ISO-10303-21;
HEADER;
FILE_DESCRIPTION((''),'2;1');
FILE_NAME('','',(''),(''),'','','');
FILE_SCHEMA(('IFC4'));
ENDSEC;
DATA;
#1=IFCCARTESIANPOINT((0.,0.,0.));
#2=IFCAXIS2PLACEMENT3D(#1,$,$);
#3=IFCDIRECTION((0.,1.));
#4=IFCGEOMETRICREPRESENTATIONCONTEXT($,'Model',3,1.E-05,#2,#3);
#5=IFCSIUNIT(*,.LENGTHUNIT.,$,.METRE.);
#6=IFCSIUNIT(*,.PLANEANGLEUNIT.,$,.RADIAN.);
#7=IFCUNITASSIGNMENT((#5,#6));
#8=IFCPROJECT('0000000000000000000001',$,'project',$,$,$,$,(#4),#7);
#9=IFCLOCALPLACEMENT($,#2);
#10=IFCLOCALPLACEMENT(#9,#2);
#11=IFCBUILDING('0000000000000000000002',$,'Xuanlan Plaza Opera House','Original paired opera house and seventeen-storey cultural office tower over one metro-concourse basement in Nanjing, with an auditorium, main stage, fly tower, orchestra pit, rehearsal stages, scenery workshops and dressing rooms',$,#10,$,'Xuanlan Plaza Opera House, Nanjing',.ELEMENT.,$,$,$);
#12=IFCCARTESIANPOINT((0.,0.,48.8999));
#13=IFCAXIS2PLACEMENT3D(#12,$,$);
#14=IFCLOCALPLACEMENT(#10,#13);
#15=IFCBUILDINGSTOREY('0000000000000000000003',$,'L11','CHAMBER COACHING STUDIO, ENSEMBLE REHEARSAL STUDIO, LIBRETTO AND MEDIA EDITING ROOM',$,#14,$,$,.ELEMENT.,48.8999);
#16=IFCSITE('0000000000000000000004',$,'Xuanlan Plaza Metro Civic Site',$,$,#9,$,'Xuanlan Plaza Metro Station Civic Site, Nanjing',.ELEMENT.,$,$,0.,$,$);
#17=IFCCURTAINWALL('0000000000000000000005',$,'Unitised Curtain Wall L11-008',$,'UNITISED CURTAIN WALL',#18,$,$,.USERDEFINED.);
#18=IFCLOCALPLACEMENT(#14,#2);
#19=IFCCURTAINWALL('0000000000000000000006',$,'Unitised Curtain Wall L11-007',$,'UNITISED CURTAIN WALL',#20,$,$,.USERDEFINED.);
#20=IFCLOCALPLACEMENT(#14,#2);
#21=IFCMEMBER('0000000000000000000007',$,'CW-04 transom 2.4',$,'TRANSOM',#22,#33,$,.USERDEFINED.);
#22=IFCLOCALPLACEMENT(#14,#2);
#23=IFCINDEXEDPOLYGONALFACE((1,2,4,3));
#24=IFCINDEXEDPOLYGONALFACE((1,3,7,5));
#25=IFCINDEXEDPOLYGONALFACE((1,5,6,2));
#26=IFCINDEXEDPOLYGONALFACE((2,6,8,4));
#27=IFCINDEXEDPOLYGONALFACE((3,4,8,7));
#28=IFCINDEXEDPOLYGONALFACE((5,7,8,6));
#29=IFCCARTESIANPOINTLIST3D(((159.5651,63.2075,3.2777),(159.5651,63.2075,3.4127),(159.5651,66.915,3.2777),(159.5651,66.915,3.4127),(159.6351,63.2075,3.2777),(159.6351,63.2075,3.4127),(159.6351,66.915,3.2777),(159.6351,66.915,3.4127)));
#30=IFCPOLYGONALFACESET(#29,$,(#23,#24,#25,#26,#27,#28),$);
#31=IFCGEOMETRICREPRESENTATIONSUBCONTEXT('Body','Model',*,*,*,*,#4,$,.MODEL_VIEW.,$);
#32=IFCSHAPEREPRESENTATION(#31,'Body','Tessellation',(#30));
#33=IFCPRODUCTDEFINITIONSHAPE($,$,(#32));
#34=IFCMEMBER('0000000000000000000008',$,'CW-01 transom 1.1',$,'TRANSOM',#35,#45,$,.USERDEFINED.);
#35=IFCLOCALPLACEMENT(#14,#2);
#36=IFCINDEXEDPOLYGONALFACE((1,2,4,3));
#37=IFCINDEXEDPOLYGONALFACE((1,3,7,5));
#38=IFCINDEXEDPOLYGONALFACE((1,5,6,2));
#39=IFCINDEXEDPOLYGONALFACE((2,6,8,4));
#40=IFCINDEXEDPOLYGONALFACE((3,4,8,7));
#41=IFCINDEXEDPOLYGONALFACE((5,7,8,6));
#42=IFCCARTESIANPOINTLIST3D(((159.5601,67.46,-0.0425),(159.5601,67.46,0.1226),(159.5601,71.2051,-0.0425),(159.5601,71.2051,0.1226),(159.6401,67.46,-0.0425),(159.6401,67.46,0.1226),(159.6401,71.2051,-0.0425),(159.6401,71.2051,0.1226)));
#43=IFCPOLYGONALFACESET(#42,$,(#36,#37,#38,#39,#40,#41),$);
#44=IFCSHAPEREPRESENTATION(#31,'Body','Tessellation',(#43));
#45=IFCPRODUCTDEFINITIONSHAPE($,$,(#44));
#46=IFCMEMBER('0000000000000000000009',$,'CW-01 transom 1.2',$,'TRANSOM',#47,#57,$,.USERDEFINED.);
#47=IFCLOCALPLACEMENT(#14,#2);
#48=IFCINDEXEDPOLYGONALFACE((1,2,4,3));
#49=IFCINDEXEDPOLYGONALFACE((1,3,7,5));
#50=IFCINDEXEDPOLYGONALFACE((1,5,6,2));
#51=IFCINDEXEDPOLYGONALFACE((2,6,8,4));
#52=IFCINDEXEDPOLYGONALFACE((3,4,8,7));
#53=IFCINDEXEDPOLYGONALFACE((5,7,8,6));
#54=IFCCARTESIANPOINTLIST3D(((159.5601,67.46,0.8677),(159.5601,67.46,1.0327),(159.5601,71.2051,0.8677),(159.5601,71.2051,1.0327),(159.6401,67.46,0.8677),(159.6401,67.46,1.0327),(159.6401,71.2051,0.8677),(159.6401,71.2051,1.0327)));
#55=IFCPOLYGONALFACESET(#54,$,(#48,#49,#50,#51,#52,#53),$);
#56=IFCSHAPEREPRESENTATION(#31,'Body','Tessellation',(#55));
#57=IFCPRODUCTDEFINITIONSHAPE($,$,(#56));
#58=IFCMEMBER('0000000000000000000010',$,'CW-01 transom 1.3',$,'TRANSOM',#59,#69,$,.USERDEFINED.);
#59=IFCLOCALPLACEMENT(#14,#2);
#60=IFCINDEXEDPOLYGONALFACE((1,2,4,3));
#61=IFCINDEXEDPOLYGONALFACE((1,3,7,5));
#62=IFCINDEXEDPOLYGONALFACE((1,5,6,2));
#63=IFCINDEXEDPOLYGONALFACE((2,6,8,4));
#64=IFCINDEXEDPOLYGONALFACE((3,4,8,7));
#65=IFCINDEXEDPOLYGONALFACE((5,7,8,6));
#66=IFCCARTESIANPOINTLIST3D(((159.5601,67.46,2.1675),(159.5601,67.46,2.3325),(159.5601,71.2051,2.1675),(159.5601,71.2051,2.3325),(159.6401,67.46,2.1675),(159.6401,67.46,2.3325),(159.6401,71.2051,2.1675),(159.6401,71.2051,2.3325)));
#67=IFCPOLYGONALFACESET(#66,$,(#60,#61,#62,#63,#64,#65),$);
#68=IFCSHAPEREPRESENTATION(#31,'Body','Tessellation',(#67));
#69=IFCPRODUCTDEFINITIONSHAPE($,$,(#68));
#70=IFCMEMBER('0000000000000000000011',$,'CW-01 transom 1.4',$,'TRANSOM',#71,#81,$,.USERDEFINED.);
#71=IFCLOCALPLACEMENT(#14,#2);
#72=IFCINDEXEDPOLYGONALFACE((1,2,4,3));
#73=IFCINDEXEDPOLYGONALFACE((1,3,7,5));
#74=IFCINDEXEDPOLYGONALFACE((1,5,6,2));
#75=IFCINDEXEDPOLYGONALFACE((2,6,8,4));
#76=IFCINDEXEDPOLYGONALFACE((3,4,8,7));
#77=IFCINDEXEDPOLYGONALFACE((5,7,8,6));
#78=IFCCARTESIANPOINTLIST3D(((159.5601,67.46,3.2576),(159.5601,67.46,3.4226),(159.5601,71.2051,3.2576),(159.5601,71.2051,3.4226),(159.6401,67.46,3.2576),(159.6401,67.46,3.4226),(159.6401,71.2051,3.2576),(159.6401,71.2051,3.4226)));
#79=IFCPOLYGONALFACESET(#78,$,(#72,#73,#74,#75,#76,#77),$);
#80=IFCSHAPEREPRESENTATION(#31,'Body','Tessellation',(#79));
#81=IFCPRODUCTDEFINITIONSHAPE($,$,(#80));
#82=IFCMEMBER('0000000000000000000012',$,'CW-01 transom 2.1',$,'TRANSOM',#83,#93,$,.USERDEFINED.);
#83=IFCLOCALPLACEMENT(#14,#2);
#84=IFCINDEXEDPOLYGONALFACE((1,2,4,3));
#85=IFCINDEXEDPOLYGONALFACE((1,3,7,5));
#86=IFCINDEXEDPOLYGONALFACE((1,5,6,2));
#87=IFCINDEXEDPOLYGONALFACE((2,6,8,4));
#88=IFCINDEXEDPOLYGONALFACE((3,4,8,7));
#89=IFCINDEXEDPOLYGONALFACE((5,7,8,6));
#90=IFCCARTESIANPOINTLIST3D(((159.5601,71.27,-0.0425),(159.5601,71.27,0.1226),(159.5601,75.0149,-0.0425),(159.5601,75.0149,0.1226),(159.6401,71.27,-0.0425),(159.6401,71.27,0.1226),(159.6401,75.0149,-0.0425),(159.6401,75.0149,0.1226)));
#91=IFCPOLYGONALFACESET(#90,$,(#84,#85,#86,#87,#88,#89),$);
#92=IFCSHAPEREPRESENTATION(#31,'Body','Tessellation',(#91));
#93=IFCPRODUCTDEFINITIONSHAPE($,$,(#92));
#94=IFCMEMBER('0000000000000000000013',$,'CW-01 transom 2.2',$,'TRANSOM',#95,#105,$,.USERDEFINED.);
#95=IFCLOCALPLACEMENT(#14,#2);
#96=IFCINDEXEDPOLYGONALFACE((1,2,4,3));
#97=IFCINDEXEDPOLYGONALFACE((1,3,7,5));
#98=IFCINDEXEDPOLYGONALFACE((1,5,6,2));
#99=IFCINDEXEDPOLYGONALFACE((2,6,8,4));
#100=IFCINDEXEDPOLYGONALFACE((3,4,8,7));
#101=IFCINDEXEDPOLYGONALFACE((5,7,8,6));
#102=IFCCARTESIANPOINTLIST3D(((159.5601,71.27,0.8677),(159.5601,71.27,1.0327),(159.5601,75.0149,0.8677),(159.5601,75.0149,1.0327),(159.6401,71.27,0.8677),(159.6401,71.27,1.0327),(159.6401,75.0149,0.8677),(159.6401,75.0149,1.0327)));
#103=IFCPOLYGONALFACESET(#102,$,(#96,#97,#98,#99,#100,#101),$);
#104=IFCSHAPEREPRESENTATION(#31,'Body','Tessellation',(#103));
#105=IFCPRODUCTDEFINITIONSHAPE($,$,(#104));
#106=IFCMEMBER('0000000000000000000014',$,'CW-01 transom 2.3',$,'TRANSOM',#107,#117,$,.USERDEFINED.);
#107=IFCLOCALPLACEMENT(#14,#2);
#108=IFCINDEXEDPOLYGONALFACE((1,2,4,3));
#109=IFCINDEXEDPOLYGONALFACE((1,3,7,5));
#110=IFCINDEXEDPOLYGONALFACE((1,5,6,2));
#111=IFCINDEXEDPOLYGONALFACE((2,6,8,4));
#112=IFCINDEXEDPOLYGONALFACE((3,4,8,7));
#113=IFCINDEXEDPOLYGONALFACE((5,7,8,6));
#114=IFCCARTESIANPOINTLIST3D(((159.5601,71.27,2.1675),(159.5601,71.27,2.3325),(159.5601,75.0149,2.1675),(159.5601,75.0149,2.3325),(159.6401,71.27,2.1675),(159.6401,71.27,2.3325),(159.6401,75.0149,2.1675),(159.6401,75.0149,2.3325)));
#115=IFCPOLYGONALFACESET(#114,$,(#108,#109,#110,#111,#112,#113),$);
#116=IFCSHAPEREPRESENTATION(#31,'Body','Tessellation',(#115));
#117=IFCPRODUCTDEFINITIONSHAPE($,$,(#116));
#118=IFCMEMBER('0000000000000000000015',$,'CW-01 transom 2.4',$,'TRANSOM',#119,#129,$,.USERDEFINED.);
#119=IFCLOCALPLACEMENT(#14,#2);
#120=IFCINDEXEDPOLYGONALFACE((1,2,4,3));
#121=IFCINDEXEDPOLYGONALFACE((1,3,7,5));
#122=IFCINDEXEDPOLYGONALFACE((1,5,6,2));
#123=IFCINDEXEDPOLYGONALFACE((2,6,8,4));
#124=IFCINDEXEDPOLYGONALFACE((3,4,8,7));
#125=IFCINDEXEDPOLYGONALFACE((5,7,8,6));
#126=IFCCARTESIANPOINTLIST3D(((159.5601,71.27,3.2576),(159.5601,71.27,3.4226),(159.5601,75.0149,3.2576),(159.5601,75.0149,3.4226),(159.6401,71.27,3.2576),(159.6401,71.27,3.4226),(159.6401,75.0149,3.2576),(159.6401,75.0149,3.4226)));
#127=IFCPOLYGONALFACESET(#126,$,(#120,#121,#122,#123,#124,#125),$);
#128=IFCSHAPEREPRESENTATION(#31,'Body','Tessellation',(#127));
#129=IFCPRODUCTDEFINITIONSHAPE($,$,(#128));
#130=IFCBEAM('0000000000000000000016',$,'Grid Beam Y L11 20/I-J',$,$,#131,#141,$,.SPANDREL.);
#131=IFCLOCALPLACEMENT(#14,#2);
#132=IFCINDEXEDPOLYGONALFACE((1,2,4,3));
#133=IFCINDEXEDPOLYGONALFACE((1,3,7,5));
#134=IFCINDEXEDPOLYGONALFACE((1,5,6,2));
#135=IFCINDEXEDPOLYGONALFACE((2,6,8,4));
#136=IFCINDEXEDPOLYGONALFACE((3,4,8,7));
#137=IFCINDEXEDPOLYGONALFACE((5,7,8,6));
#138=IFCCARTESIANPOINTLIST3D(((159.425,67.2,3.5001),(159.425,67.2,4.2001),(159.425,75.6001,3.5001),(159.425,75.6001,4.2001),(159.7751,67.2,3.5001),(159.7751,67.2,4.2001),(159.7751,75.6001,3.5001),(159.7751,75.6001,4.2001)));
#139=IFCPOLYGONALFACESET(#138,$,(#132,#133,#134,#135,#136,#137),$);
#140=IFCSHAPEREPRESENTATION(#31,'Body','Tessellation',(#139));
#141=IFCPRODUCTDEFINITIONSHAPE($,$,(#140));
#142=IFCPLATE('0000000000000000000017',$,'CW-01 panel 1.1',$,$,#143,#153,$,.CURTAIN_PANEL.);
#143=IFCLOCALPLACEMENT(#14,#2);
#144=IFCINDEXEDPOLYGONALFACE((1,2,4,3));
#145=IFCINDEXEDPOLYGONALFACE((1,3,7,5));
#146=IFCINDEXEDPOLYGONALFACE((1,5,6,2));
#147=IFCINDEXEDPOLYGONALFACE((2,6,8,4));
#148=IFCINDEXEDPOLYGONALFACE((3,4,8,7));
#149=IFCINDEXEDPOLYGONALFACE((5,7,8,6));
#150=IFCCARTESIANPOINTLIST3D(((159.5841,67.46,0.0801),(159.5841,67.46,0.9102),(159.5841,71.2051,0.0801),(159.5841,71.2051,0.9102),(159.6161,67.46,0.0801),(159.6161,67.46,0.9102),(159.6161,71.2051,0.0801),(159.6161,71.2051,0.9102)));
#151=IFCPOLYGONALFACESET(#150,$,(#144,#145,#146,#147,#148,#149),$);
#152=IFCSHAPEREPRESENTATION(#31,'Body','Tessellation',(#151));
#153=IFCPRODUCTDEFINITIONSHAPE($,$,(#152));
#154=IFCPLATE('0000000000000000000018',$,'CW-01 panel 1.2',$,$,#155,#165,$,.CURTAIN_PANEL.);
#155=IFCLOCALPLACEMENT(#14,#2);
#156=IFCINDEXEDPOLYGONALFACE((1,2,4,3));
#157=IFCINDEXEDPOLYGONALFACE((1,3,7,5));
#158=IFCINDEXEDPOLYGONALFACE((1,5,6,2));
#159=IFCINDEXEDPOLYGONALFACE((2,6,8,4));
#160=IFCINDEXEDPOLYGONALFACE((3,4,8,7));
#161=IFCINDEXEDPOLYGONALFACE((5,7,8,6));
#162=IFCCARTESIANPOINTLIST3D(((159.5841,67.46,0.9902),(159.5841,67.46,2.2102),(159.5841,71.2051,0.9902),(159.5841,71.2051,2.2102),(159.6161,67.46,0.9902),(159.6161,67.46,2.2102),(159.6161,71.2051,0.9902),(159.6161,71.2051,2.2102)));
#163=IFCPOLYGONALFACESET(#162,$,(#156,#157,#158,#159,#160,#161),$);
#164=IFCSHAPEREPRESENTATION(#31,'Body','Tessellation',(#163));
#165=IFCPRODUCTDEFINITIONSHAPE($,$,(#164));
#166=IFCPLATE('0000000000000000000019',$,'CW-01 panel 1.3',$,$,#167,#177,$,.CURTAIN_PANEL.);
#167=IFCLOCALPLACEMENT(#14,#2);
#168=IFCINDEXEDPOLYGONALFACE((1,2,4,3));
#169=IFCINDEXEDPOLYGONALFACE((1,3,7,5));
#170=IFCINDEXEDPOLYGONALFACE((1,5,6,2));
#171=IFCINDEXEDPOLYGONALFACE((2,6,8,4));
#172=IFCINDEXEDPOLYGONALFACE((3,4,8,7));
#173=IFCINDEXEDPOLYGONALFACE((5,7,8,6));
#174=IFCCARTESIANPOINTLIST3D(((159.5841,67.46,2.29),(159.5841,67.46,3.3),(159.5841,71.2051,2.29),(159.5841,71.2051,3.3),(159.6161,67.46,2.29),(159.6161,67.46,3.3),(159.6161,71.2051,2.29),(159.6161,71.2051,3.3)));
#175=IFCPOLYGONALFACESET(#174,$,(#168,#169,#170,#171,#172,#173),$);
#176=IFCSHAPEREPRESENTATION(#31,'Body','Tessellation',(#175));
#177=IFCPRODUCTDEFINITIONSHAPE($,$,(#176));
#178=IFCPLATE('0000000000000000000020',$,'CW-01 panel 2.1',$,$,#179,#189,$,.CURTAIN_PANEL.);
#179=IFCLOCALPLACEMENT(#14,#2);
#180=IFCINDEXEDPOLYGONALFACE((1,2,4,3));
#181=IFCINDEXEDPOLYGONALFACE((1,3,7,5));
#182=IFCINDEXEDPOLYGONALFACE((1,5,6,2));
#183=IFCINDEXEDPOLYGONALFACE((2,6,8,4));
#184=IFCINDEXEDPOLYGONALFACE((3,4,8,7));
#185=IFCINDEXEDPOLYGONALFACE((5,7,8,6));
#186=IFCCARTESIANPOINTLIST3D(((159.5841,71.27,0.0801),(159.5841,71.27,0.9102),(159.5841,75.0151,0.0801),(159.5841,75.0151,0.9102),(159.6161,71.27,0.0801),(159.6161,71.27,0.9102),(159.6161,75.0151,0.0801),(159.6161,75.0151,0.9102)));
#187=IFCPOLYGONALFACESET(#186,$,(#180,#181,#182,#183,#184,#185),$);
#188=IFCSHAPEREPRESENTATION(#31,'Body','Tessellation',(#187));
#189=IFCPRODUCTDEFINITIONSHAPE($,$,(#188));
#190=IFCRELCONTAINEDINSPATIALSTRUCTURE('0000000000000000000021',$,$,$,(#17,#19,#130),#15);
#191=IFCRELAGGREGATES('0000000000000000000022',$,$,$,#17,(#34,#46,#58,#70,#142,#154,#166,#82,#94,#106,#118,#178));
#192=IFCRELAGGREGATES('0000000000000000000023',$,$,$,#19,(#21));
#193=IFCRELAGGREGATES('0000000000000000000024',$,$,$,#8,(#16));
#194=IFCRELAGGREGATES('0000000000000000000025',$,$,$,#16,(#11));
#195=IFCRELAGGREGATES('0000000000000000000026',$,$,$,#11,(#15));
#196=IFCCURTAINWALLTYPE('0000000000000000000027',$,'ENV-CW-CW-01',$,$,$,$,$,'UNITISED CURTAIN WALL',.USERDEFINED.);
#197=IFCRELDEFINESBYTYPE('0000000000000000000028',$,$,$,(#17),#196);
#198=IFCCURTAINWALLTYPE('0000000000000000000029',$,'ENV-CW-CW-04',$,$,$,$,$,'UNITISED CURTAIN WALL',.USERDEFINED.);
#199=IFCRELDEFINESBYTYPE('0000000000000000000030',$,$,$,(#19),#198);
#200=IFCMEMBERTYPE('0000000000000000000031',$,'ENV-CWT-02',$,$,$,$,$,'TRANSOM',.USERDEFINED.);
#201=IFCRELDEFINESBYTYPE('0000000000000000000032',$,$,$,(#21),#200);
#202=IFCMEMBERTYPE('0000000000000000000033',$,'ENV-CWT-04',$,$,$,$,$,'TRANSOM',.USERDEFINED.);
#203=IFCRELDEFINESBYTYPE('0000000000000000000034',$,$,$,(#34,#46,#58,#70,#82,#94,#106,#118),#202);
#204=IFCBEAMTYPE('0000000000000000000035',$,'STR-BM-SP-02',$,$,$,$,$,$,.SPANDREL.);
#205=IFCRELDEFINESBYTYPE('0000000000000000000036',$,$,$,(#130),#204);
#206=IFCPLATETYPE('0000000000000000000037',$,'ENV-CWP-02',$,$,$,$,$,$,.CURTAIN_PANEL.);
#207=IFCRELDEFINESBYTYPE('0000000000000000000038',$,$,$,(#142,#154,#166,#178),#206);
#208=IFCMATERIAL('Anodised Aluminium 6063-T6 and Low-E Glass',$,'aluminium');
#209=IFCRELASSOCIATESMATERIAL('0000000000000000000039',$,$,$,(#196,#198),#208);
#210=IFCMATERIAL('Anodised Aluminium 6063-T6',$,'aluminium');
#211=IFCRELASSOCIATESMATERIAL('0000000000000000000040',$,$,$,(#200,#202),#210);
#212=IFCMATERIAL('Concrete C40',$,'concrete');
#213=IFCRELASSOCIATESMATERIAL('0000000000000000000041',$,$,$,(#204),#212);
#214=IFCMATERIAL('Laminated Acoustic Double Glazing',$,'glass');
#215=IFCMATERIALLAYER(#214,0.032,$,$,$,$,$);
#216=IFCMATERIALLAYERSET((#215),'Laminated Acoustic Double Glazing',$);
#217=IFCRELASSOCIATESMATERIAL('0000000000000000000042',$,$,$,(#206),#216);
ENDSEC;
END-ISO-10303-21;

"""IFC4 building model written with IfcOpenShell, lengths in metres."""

from ifc_helpers import new_model, si_unit, direction, frame, origin, origin_2d, place, context, subcontext, project, spatial, rectangle, extrude, material, layer, layer_set, material_profile, profile_set, type_object, element, aggregate, save


model = new_model("IFC4")

# Units and contexts
model_context = context("Model", 3, precision=1e-05, world=origin(), true_north=direction((0.0, 1.0)))
body_context = subcontext(model_context, "Body", "Model", "MODEL_VIEW")
ifc_project = project(units=[si_unit("LENGTHUNIT", "METRE"), si_unit("PLANEANGLEUNIT", "RADIAN")], contexts=[model_context])

# Site, building, storey
site_placement = place(None, origin())
site = spatial("IfcSite", under=ifc_project, at=site_placement, Name="Xuanlan Plaza Metro Civic Site", LongName="Xuanlan Plaza Metro Station Civic Site, Nanjing", CompositionType="ELEMENT", RefElevation=0.0)
building_placement = place(site_placement, origin())
building = spatial("IfcBuilding", under=site, at=building_placement, Name="Xuanlan Plaza Opera House", Description="Original paired opera house and seventeen-storey cultural office tower over one metro-concourse basement in Nanjing, with an auditorium, main stage, fly tower, orchestra pit, rehearsal stages, scenery workshops and dressing rooms", LongName="Xuanlan Plaza Opera House, Nanjing", CompositionType="ELEMENT")
storey_placement = place(building_placement, frame((0.0, 0.0, 48.8999)))
storey = spatial("IfcBuildingStorey", under=building, at=storey_placement, Name="L11", Description="CHAMBER COACHING STUDIO, ENSEMBLE REHEARSAL STUDIO, LIBRETTO AND MEDIA EDITING ROOM", CompositionType="ELEMENT", Elevation=48.8999)

# Curtain walls, member
ifc_material_1 = material(Name="Anodised Aluminium 6063-T6 and Low-E Glass", Category="aluminium")
curtain_wall_type_1 = type_object("IfcCurtainWallType", Name="ENV-CW-CW-01", ElementType="UNITISED CURTAIN WALL", PredefinedType="USERDEFINED", material=ifc_material_1)
curtain_wall_1_placement = place(storey_placement, origin())
curtain_wall_1 = element("IfcCurtainWall", 1, at=curtain_wall_1_placement, inside=storey, type_object=curtain_wall_type_1, Name="Unitised Curtain Wall L11-008", ObjectType="UNITISED CURTAIN WALL", PredefinedType="USERDEFINED")
ifc_material_2 = material(Name="Anodised Aluminium 6063-T6", Category="aluminium")
curtain_wall_type_2 = type_object("IfcCurtainWallType", Name="ENV-CW-CW-04", ElementType="UNITISED CURTAIN WALL", PredefinedType="USERDEFINED", material=ifc_material_1)
curtain_wall_2_placement = place(storey_placement, origin())
curtain_wall_2 = element("IfcCurtainWall", 2, at=curtain_wall_2_placement, inside=storey, type_object=curtain_wall_type_2, Name="Unitised Curtain Wall L11-007", ObjectType="UNITISED CURTAIN WALL", PredefinedType="USERDEFINED")
ifc_material_profile_1 = material_profile(ifc_material_2, rectangle(XDim=0.0701, YDim=0.135, at=origin_2d()), Name="ALU-T 70x135")
ifc_profile_set_1 = profile_set([ifc_material_profile_1], Name="Anodised Aluminium 6063-T6")
member_type_1 = type_object("IfcMemberType", Name="ENV-CWT-02", ElementType="TRANSOM", PredefinedType="USERDEFINED", material=ifc_profile_set_1)
member_1_placement = place(storey_placement, frame((159.6001, 63.2075, 3.3452), z_axis=(0.0, 1.0, 0.0), x_axis=(-1.0, 0.0, 0.0)))
member_1 = element("IfcMember", 3, at=member_1_placement, type_object=member_type_1, Name="CW-04 transom 2.4", ObjectType="TRANSOM", PredefinedType="USERDEFINED", context=body_context, shape_type="SweptSolid", body=[
    extrude(rectangle(XDim=0.0701, YDim=0.135, at=origin_2d()), origin(), (0.0, 0.0, 1.0), 3.7075),
])

# Members
ifc_material_profile_2 = material_profile(ifc_material_2, rectangle(XDim=0.0801, YDim=0.165, at=origin_2d()), Name="ALU-T 80x165")
ifc_profile_set_2 = profile_set([ifc_material_profile_2], Name="Anodised Aluminium 6063-T6")
member_type_2 = type_object("IfcMemberType", Name="ENV-CWT-04", ElementType="TRANSOM", PredefinedType="USERDEFINED", material=ifc_profile_set_2)
member_2_placement = place(storey_placement, frame((159.6001, 67.46, 0.04), z_axis=(0.0, 1.0, 0.0), x_axis=(-1.0, 0.0, 0.0)))
member_2 = element("IfcMember", 4, at=member_2_placement, type_object=member_type_2, Name="CW-01 transom 1.1", ObjectType="TRANSOM", PredefinedType="USERDEFINED", context=body_context, shape_type="SweptSolid", body=[
    extrude(rectangle(XDim=0.0801, YDim=0.165, at=origin_2d()), origin(), (0.0, 0.0, 1.0), 3.7451),
])
member_3_placement = place(storey_placement, frame((159.6001, 67.46, 0.9502), z_axis=(0.0, 1.0, 0.0), x_axis=(-1.0, 0.0, 0.0)))
member_3 = element("IfcMember", 5, at=member_3_placement, type_object=member_type_2, Name="CW-01 transom 1.2", ObjectType="TRANSOM", PredefinedType="USERDEFINED", context=body_context, shape_type="SweptSolid", body=[
    extrude(rectangle(XDim=0.0801, YDim=0.165, at=origin_2d()), origin(), (0.0, 0.0, 1.0), 3.7451),
])
member_4_placement = place(storey_placement, frame((159.6001, 67.46, 2.25), z_axis=(0.0, 1.0, 0.0), x_axis=(-1.0, 0.0, 0.0)))
member_4 = element("IfcMember", 6, at=member_4_placement, type_object=member_type_2, Name="CW-01 transom 1.3", ObjectType="TRANSOM", PredefinedType="USERDEFINED", context=body_context, shape_type="SweptSolid", body=[
    extrude(rectangle(XDim=0.0801, YDim=0.165, at=origin_2d()), origin(), (0.0, 0.0, 1.0), 3.7451),
])
member_5_placement = place(storey_placement, frame((159.6001, 67.46, 3.3401), z_axis=(0.0, 1.0, 0.0), x_axis=(-1.0, 0.0, 0.0)))
member_5 = element("IfcMember", 7, at=member_5_placement, type_object=member_type_2, Name="CW-01 transom 1.4", ObjectType="TRANSOM", PredefinedType="USERDEFINED", context=body_context, shape_type="SweptSolid", body=[
    extrude(rectangle(XDim=0.0801, YDim=0.165, at=origin_2d()), origin(), (0.0, 0.0, 1.0), 3.7451),
])
member_6_placement = place(storey_placement, frame((159.6001, 71.27, 0.04), z_axis=(0.0, 1.0, 0.0), x_axis=(-1.0, 0.0, 0.0)))
member_6 = element("IfcMember", 8, at=member_6_placement, type_object=member_type_2, Name="CW-01 transom 2.1", ObjectType="TRANSOM", PredefinedType="USERDEFINED", context=body_context, shape_type="SweptSolid", body=[
    extrude(rectangle(XDim=0.0801, YDim=0.165, at=origin_2d()), origin(), (0.0, 0.0, 1.0), 3.7449),
])
member_7_placement = place(storey_placement, frame((159.6001, 71.27, 0.9502), z_axis=(0.0, 1.0, 0.0), x_axis=(-1.0, 0.0, 0.0)))
member_7 = element("IfcMember", 9, at=member_7_placement, type_object=member_type_2, Name="CW-01 transom 2.2", ObjectType="TRANSOM", PredefinedType="USERDEFINED", context=body_context, shape_type="SweptSolid", body=[
    extrude(rectangle(XDim=0.0801, YDim=0.165, at=origin_2d()), origin(), (0.0, 0.0, 1.0), 3.7449),
])
member_8_placement = place(storey_placement, frame((159.6001, 71.27, 2.25), z_axis=(0.0, 1.0, 0.0), x_axis=(-1.0, 0.0, 0.0)))
member_8 = element("IfcMember", 10, at=member_8_placement, type_object=member_type_2, Name="CW-01 transom 2.3", ObjectType="TRANSOM", PredefinedType="USERDEFINED", context=body_context, shape_type="SweptSolid", body=[
    extrude(rectangle(XDim=0.0801, YDim=0.165, at=origin_2d()), origin(), (0.0, 0.0, 1.0), 3.7449),
])
member_9_placement = place(storey_placement, frame((159.6001, 71.27, 3.3401), z_axis=(0.0, 1.0, 0.0), x_axis=(-1.0, 0.0, 0.0)))
member_9 = element("IfcMember", 11, at=member_9_placement, type_object=member_type_2, Name="CW-01 transom 2.4", ObjectType="TRANSOM", PredefinedType="USERDEFINED", context=body_context, shape_type="SweptSolid", body=[
    extrude(rectangle(XDim=0.0801, YDim=0.165, at=origin_2d()), origin(), (0.0, 0.0, 1.0), 3.7449),
])

# Beam
ifc_material_3 = material(Name="Concrete C40", Category="concrete")
ifc_material_profile_3 = material_profile(ifc_material_3, rectangle(XDim=0.3501, YDim=0.7, at=origin_2d()), Name="RC-SPD 350x700")
ifc_profile_set_3 = profile_set([ifc_material_profile_3], Name="Concrete C40")
beam_type = type_object("IfcBeamType", Name="STR-BM-SP-02", PredefinedType="SPANDREL", material=ifc_profile_set_3)
beam_placement = place(storey_placement, frame((159.6001, 67.2, 3.8501), z_axis=(0.0, 1.0, 0.0), x_axis=(-1.0, 0.0, 0.0)))
element("IfcBeam", 12, at=beam_placement, inside=storey, type_object=beam_type, Name="Grid Beam Y L11 20/I-J", PredefinedType="SPANDREL", context=body_context, shape_type="SweptSolid", body=[
    extrude(rectangle(XDim=0.3501, YDim=0.7, at=origin_2d()), origin(), (0.0, 0.0, 1.0), 8.4001),
])

# Plates
ifc_material_4 = material(Name="Laminated Acoustic Double Glazing", Category="glass")
ifc_layer_1 = layer(ifc_material_4, 0.032)
ifc_layer_set_1 = layer_set([ifc_layer_1], Name="Laminated Acoustic Double Glazing")
plate_type_1 = type_object("IfcPlateType", Name="ENV-CWP-02", PredefinedType="CURTAIN_PANEL", material=ifc_layer_set_1)
plate_1_placement = place(storey_placement, frame((159.6001, 69.3325, 0.0801), z_axis=(0.0, 0.0, 1.0), x_axis=(0.0, 1.0, 0.0)))
plate_1 = element("IfcPlate", 13, at=plate_1_placement, type_object=plate_type_1, Name="CW-01 panel 1.1", PredefinedType="CURTAIN_PANEL", context=body_context, shape_type="SweptSolid", body=[
    extrude(rectangle(XDim=3.7451, YDim=0.032, at=origin_2d()), origin(), (0.0, 0.0, 1.0), 0.8301),
])
plate_2_placement = place(storey_placement, frame((159.6001, 69.3325, 0.9902), z_axis=(0.0, 0.0, 1.0), x_axis=(0.0, 1.0, 0.0)))
plate_2 = element("IfcPlate", 14, at=plate_2_placement, type_object=plate_type_1, Name="CW-01 panel 1.2", PredefinedType="CURTAIN_PANEL", context=body_context, shape_type="SweptSolid", body=[
    extrude(rectangle(XDim=3.7451, YDim=0.032, at=origin_2d()), origin(), (0.0, 0.0, 1.0), 1.22),
])
plate_3_placement = place(storey_placement, frame((159.6001, 69.3325, 2.29), z_axis=(0.0, 0.0, 1.0), x_axis=(0.0, 1.0, 0.0)))
plate_3 = element("IfcPlate", 15, at=plate_3_placement, type_object=plate_type_1, Name="CW-01 panel 1.3", PredefinedType="CURTAIN_PANEL", context=body_context, shape_type="SweptSolid", body=[
    extrude(rectangle(XDim=3.7451, YDim=0.032, at=origin_2d()), origin(), (0.0, 0.0, 1.0), 1.01),
])
plate_4_placement = place(storey_placement, frame((159.6001, 73.1426, 0.0801), z_axis=(0.0, 0.0, 1.0), x_axis=(0.0, 1.0, 0.0)))
plate_4 = element("IfcPlate", 16, at=plate_4_placement, type_object=plate_type_1, Name="CW-01 panel 2.1", PredefinedType="CURTAIN_PANEL", context=body_context, shape_type="SweptSolid", body=[
    extrude(rectangle(XDim=3.7451, YDim=0.032, at=origin_2d()), origin(), (0.0, 0.0, 1.0), 0.8301),
])
aggregate(curtain_wall_1, [member_2, member_3, member_4, member_5, plate_1, plate_2, plate_3, member_6, member_7, member_8, member_9, plate_4])
aggregate(curtain_wall_2, [member_1])

save(model, "model.ifc")
